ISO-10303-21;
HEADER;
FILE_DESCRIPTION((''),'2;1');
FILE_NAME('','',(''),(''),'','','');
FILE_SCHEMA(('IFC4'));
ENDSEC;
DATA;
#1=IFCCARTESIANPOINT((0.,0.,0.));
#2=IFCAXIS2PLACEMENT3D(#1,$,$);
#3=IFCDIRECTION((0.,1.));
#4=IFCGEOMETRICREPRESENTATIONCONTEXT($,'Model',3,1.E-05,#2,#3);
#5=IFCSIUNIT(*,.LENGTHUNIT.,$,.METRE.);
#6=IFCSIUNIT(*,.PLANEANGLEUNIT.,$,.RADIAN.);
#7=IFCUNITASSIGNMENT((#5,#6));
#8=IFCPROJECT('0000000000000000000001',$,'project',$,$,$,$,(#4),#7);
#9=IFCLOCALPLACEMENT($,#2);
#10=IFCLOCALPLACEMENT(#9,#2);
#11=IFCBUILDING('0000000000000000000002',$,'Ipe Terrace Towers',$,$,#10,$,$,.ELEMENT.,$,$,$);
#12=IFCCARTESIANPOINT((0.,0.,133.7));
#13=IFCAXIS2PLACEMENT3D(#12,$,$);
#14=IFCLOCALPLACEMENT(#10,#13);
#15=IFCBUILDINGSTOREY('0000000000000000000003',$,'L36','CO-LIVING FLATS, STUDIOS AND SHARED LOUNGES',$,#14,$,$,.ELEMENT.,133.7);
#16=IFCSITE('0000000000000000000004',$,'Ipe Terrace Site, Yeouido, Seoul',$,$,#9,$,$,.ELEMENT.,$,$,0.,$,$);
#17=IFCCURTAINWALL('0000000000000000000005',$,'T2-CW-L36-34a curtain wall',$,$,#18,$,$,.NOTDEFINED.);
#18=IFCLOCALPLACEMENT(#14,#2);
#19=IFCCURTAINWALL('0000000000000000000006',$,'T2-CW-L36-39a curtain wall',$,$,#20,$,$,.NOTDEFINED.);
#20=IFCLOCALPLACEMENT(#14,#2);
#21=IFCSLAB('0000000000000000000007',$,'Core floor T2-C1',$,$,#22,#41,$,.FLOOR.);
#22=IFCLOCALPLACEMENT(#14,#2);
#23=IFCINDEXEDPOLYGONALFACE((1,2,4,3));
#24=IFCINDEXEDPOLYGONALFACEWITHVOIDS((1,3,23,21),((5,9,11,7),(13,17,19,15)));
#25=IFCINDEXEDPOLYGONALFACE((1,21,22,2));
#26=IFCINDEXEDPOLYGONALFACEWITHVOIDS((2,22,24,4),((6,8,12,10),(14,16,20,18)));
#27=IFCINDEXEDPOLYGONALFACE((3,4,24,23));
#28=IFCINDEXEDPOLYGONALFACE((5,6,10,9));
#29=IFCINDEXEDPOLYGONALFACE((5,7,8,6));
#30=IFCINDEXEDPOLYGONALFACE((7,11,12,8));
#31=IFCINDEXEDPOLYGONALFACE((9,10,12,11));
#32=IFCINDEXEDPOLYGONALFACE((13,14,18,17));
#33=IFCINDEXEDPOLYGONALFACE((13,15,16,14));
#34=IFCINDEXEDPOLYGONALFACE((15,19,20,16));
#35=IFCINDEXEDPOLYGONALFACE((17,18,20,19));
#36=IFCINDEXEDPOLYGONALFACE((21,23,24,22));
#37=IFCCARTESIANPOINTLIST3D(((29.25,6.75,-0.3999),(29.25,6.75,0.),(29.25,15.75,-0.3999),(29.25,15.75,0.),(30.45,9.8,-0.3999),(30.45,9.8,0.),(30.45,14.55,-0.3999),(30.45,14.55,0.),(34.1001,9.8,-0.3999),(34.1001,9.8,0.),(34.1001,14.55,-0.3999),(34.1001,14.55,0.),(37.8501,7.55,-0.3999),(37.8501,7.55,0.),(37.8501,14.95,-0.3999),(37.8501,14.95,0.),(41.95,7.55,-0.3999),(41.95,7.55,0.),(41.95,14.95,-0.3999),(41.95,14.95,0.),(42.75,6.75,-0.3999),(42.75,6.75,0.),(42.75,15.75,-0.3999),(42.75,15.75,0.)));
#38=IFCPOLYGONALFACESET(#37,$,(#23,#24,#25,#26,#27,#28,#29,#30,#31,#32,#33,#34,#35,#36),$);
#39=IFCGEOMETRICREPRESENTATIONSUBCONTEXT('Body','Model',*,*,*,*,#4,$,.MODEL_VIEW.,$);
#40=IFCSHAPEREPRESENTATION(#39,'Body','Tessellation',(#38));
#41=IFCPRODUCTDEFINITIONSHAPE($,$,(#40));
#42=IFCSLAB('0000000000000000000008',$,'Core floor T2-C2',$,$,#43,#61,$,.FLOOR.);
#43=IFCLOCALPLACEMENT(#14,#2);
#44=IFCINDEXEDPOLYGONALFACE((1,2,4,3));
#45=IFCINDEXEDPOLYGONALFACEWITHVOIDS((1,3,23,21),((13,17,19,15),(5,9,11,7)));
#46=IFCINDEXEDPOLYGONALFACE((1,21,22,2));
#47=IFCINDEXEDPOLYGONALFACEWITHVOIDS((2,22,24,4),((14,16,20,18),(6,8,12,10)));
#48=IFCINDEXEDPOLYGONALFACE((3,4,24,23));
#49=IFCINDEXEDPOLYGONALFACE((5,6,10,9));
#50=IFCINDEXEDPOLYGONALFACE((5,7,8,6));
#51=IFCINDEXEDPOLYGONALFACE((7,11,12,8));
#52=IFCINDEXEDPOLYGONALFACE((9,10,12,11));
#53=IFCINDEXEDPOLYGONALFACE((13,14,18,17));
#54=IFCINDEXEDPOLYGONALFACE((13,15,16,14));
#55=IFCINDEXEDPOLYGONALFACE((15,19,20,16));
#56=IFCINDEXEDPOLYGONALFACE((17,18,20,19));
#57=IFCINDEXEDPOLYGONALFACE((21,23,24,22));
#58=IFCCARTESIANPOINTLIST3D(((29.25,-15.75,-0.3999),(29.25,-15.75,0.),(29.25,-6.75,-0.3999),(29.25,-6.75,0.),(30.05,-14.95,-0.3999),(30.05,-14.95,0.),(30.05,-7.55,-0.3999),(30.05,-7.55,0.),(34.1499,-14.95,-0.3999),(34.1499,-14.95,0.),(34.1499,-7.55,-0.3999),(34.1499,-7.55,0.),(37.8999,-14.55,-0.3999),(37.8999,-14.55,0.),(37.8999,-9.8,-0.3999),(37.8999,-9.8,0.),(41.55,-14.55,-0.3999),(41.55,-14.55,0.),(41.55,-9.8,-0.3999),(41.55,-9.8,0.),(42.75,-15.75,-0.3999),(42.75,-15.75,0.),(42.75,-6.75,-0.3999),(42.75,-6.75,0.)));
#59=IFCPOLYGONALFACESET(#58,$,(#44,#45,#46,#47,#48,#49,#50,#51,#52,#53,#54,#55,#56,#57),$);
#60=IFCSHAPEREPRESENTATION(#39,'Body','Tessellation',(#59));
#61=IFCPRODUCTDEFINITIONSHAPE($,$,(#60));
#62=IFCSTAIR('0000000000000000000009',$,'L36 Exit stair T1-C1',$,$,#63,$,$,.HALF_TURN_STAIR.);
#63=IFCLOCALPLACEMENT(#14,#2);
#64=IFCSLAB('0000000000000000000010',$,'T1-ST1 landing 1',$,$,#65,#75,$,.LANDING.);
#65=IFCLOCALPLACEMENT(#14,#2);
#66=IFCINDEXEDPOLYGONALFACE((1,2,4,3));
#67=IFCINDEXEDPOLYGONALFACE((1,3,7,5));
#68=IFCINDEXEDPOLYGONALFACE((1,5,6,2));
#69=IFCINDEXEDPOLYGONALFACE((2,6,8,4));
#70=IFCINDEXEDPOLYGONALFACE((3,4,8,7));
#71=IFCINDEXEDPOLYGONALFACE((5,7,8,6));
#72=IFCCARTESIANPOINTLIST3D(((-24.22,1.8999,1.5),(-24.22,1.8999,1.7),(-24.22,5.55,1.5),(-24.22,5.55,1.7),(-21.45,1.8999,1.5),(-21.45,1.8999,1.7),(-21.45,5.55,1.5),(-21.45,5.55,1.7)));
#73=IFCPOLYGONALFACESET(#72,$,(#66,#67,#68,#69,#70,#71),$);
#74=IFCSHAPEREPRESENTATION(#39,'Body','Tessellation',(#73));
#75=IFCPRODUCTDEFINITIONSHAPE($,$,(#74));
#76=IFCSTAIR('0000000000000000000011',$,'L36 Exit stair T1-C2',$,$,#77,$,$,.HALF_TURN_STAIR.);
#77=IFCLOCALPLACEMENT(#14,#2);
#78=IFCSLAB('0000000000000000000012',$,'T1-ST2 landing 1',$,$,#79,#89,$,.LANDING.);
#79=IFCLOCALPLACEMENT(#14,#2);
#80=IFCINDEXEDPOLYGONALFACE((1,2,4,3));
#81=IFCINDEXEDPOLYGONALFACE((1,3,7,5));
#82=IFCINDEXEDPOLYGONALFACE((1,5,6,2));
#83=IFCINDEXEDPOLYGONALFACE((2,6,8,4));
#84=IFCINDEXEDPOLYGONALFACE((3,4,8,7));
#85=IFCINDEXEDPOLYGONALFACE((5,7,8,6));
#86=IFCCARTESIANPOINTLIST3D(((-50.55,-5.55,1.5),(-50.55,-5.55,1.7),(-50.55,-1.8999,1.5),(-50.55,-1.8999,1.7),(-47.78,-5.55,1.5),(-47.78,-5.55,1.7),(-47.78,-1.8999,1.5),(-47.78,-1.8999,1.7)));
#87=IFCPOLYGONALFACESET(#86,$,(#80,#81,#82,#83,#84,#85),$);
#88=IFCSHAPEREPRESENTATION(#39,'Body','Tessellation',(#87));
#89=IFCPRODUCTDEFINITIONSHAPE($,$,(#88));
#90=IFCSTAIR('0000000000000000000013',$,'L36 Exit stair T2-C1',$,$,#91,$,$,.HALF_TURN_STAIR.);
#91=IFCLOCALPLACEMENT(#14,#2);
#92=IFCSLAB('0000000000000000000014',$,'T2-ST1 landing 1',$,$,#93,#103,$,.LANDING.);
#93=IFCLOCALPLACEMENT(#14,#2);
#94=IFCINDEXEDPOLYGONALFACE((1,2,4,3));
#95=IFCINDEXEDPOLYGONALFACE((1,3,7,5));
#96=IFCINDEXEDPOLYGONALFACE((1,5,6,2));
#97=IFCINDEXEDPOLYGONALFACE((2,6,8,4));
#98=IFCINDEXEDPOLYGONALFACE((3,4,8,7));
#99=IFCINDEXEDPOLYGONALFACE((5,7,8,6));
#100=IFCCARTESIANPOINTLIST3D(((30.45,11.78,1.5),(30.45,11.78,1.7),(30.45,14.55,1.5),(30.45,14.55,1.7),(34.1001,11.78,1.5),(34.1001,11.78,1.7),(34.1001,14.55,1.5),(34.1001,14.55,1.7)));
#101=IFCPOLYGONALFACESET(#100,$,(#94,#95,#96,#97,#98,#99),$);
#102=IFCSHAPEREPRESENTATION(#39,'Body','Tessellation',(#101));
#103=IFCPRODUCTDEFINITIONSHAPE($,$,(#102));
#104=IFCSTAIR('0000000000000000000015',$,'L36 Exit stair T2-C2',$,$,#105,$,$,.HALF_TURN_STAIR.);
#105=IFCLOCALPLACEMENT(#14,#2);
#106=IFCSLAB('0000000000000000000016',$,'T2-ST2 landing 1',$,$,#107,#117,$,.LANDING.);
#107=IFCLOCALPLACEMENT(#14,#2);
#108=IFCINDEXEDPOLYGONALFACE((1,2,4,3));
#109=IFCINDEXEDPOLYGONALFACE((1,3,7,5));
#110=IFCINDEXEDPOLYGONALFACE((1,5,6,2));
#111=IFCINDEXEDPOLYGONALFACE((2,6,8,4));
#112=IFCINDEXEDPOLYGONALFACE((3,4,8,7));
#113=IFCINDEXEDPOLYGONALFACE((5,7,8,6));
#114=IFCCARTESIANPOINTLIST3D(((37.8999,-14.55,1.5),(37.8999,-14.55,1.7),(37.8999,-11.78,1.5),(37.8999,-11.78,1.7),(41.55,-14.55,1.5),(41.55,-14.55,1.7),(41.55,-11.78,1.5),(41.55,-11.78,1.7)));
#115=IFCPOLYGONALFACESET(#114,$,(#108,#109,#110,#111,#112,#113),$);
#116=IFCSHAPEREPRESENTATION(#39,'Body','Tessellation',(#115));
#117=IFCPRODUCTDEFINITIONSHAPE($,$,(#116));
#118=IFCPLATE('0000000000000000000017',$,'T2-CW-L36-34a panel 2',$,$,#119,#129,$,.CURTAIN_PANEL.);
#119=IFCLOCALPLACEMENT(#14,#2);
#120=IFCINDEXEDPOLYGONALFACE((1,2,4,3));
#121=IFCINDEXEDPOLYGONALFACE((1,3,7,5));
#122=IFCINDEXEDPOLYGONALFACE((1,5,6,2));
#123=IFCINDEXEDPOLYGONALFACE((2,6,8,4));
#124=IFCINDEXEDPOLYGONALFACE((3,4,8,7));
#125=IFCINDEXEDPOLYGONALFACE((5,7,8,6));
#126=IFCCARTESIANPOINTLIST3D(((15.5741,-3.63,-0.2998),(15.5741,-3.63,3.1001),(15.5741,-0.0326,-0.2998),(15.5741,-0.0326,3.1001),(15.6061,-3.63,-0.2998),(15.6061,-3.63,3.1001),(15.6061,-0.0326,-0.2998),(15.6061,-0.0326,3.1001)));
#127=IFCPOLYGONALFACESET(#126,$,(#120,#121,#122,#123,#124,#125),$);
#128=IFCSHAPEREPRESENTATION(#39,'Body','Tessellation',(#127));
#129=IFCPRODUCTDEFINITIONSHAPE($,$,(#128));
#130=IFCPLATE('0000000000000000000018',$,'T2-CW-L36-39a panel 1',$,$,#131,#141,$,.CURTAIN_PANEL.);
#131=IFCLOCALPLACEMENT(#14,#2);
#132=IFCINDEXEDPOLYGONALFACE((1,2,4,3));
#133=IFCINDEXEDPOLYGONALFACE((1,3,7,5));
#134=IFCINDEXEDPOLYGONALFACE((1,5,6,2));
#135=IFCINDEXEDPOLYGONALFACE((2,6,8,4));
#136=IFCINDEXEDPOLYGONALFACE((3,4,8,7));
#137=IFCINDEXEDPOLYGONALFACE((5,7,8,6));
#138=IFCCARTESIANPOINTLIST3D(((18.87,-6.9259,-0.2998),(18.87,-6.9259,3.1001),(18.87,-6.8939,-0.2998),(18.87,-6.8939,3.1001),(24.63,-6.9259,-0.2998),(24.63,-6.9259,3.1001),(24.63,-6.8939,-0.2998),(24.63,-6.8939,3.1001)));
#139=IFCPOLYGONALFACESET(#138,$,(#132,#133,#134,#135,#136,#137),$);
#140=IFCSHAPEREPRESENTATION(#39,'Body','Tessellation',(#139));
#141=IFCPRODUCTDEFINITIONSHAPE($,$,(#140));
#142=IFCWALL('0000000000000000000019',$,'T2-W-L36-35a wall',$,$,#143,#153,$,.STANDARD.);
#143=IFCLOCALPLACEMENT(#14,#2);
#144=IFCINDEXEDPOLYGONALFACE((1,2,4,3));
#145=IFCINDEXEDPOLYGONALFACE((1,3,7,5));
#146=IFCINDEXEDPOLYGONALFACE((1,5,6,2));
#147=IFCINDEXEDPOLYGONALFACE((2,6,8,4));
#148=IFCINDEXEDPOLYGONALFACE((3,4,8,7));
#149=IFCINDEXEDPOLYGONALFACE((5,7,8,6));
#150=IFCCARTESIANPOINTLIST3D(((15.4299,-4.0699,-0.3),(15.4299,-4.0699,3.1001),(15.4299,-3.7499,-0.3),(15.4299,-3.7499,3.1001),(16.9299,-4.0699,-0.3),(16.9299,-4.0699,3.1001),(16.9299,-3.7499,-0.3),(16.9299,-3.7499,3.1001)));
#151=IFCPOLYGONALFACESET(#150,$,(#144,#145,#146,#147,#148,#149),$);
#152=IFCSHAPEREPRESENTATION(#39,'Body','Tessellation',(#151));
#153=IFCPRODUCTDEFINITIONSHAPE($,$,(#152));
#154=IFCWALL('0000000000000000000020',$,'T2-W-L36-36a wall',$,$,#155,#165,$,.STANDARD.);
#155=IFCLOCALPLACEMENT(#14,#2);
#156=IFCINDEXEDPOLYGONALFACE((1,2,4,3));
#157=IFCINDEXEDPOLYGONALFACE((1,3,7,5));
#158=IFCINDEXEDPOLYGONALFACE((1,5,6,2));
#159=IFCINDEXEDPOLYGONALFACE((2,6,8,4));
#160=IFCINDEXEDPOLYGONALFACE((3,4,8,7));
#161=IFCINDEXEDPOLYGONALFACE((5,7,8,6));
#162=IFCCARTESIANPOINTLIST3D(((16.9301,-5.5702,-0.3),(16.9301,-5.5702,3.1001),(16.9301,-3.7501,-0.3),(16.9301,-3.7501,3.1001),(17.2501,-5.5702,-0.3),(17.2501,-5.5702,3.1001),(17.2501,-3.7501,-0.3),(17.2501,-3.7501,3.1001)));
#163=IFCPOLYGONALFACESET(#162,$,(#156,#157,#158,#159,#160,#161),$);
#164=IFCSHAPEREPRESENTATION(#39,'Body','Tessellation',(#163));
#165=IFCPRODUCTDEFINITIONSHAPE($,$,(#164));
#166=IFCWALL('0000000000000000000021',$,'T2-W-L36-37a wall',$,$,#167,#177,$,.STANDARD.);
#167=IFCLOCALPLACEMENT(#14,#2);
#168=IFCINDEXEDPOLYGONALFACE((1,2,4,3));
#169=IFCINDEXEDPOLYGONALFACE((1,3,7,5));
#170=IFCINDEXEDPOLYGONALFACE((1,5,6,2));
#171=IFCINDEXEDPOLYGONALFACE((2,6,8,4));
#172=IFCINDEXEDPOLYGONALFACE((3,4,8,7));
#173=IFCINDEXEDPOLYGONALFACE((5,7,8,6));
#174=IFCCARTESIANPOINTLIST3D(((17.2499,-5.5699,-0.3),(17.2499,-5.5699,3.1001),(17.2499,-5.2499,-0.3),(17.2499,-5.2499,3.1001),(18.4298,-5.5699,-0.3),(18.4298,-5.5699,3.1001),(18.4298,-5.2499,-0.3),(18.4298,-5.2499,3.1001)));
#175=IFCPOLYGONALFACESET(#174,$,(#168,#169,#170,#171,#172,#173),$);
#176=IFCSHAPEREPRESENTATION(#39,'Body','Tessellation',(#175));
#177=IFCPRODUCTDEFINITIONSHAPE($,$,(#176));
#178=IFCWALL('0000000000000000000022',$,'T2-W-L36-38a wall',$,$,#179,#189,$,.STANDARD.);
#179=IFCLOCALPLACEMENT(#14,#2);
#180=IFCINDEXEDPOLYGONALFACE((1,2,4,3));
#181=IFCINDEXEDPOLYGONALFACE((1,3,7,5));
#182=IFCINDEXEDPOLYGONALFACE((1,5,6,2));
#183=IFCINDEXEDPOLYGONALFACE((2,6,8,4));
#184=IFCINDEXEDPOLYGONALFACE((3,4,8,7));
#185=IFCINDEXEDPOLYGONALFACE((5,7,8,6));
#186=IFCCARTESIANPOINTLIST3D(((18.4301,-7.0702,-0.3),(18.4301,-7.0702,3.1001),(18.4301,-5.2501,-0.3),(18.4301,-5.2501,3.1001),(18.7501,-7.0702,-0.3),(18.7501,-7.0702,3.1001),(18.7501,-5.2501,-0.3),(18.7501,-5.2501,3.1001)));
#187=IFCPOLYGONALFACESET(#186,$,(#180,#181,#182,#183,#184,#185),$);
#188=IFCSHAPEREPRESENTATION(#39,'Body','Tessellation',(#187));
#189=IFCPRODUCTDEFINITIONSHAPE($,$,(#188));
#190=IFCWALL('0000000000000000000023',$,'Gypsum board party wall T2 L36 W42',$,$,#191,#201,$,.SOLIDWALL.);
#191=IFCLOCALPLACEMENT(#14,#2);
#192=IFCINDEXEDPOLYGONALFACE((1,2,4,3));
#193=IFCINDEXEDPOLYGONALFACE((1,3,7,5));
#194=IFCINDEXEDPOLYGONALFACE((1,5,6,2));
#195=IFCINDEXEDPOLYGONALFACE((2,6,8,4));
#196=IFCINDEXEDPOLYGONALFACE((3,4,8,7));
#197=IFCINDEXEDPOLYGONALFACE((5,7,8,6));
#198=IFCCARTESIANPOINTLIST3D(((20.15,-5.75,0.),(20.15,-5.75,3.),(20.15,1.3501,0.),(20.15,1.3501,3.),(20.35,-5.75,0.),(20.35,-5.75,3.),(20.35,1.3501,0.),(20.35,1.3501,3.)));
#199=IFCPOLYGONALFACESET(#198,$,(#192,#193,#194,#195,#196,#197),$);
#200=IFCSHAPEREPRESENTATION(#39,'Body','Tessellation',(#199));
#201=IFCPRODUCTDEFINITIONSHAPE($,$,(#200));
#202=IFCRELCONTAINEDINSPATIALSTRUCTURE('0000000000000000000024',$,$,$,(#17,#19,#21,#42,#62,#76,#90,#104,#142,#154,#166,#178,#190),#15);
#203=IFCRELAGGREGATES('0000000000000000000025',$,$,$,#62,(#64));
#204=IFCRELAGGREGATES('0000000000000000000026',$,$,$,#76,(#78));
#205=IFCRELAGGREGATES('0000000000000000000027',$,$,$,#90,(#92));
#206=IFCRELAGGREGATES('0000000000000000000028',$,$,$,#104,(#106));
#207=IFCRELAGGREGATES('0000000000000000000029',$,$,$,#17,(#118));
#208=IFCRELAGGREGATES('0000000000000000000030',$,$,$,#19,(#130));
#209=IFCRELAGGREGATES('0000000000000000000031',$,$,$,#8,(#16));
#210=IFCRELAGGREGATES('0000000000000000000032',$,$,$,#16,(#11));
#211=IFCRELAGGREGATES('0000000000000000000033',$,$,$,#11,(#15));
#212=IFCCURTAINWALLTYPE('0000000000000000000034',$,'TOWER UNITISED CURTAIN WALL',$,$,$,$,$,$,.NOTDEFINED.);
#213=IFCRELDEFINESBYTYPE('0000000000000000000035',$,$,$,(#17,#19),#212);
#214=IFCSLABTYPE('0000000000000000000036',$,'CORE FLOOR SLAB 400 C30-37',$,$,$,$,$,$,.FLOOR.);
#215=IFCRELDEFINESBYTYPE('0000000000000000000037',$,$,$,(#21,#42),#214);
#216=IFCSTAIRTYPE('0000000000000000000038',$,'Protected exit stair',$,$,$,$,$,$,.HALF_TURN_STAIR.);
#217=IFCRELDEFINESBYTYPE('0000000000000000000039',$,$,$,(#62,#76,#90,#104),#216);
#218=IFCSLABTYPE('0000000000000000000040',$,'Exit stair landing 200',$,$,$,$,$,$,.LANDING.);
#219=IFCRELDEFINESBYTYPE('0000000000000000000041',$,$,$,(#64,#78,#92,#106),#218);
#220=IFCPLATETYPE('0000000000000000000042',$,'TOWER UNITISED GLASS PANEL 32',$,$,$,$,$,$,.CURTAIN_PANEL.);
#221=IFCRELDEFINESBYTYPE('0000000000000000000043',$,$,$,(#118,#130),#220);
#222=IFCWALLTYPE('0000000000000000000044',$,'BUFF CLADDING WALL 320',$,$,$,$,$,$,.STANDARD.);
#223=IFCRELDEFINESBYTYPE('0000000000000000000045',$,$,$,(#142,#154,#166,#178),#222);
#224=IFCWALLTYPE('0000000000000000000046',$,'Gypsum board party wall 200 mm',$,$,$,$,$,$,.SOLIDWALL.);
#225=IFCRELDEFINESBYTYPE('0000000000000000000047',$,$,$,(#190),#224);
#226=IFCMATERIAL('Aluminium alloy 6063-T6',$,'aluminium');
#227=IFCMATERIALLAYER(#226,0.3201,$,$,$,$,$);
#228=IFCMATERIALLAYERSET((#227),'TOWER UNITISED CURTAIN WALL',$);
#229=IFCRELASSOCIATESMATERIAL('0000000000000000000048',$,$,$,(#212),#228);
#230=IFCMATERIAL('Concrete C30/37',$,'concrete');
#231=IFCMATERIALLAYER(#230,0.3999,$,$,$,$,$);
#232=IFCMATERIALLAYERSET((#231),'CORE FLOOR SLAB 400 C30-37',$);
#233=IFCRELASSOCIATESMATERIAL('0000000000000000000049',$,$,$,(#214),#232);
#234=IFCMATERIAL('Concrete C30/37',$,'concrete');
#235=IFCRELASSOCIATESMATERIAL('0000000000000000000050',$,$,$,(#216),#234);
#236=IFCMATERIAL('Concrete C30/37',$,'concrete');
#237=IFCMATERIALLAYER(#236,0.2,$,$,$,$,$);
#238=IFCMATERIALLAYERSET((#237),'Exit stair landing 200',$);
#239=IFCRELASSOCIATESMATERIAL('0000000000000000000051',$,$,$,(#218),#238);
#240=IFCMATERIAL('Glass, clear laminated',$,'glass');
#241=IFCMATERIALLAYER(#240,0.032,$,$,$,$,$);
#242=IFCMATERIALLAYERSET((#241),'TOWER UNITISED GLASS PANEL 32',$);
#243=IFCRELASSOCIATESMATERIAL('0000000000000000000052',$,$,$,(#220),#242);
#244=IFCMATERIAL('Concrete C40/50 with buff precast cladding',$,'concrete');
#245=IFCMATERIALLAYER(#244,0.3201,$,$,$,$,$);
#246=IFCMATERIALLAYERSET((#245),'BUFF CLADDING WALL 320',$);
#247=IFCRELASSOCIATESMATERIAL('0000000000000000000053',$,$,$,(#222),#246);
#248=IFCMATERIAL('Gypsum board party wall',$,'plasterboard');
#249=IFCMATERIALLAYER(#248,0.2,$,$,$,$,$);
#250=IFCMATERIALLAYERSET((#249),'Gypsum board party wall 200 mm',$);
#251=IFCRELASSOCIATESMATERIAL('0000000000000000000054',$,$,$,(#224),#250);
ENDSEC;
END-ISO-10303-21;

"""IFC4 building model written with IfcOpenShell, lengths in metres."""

from ifc_helpers import new_model, si_unit, direction, frame, frame_2d, origin, origin_2d, place, context, subcontext, project, spatial, polyline, rectangle, outline, extrude, material, layer, layer_set, type_object, element, aggregate, save


model = new_model("IFC4")

# Units and contexts
model_context = context("Model", 3, precision=1e-05, world=origin(), true_north=direction((0.0, 1.0)))
body_context = subcontext(model_context, "Body", "Model", "MODEL_VIEW")
ifc_project = project(units=[si_unit("LENGTHUNIT", "METRE"), si_unit("PLANEANGLEUNIT", "RADIAN")], contexts=[model_context])

# Site, building, storey
site_placement = place(None, origin())
site = spatial("IfcSite", under=ifc_project, at=site_placement, Name="Ipe Terrace Site, Yeouido, Seoul", CompositionType="ELEMENT", RefElevation=0.0)
building_placement = place(site_placement, origin())
building = spatial("IfcBuilding", under=site, at=building_placement, Name="Ipe Terrace Towers", CompositionType="ELEMENT")
storey_placement = place(building_placement, frame((0.0, 0.0, 133.7)))
storey = spatial("IfcBuildingStorey", under=building, at=storey_placement, Name="L36", Description="CO-LIVING FLATS, STUDIOS AND SHARED LOUNGES", CompositionType="ELEMENT", Elevation=133.7)

# Curtain walls
ifc_material_1 = material(Name="Aluminium alloy 6063-T6", Category="aluminium")
ifc_layer_1 = layer(ifc_material_1, 0.3201)
ifc_layer_set_1 = layer_set([ifc_layer_1], Name="TOWER UNITISED CURTAIN WALL")
curtain_wall_type = type_object("IfcCurtainWallType", Name="TOWER UNITISED CURTAIN WALL", PredefinedType="NOTDEFINED", material=ifc_layer_set_1)
curtain_wall_1_placement = place(storey_placement, origin())
curtain_wall_1 = element("IfcCurtainWall", 1, at=curtain_wall_1_placement, inside=storey, type_object=curtain_wall_type, Name="T2-CW-L36-34a curtain wall", PredefinedType="NOTDEFINED")
curtain_wall_2_placement = place(storey_placement, origin())
curtain_wall_2 = element("IfcCurtainWall", 2, at=curtain_wall_2_placement, inside=storey, type_object=curtain_wall_type, Name="T2-CW-L36-39a curtain wall", PredefinedType="NOTDEFINED")

# Slabs
ifc_material_2 = material(Name="Concrete C30/37", Category="concrete")
ifc_layer_2 = layer(ifc_material_2, 0.3999)
ifc_layer_set_2 = layer_set([ifc_layer_2], Name="CORE FLOOR SLAB 400 C30-37")
slab_type_1 = type_object("IfcSlabType", Name="CORE FLOOR SLAB 400 C30-37", PredefinedType="FLOOR", material=ifc_layer_set_2)
slab_1_placement = place(storey_placement, frame((0.0, 0.0, -0.3999)))
element("IfcSlab", 3, at=slab_1_placement, inside=storey, type_object=slab_type_1, Name="Core floor T2-C1", PredefinedType="FLOOR", context=body_context, shape_type="SweptSolid", body=[
    extrude(outline(polyline([(29.25, 6.75), (29.25, 15.75), (42.75, 15.75), (42.75, 6.75), (29.25, 6.75)]), holes=[polyline([(41.95, 7.55), (41.95, 14.95), (37.8501, 14.95), (37.8501, 7.55), (41.95, 7.55)]), polyline([(30.45, 9.8), (34.1001, 9.8), (34.1001, 14.55), (30.45, 14.55), (30.45, 9.8)])]), origin(), (0.0, 0.0, 1.0), 0.3999),
])
slab_2_placement = place(storey_placement, frame((0.0, 0.0, -0.3999)))
element("IfcSlab", 4, at=slab_2_placement, inside=storey, type_object=slab_type_1, Name="Core floor T2-C2", PredefinedType="FLOOR", context=body_context, shape_type="SweptSolid", body=[
    extrude(outline(polyline([(29.25, -15.75), (29.25, -6.75), (42.75, -6.75), (42.75, -15.75), (29.25, -15.75)]), holes=[polyline([(34.1499, -14.95), (34.1499, -7.55), (30.05, -7.55), (30.05, -14.95), (34.1499, -14.95)]), polyline([(41.55, -9.8), (37.8999, -9.8), (37.8999, -14.55), (41.55, -14.55), (41.55, -9.8)])]), origin(), (0.0, 0.0, 1.0), 0.3999),
])

# Stairs, slabs
ifc_material_3 = material(Name="Concrete C30/37", Category="concrete")
stair_type = type_object("IfcStairType", Name="Protected exit stair", PredefinedType="HALF_TURN_STAIR", material=ifc_material_3)
stair_1_placement = place(storey_placement, origin())
stair_1 = element("IfcStair", 5, at=stair_1_placement, inside=storey, type_object=stair_type, Name="L36 Exit stair T1-C1", PredefinedType="HALF_TURN_STAIR")
ifc_material_4 = material(Name="Concrete C30/37", Category="concrete")
ifc_layer_3 = layer(ifc_material_4, 0.2)
ifc_layer_set_3 = layer_set([ifc_layer_3], Name="Exit stair landing 200")
slab_type_2 = type_object("IfcSlabType", Name="Exit stair landing 200", PredefinedType="LANDING", material=ifc_layer_set_3)
slab_3_placement = place(storey_placement, frame((0.0, 0.0, 1.5)))
slab_3 = element("IfcSlab", 6, at=slab_3_placement, type_object=slab_type_2, Name="T1-ST1 landing 1", PredefinedType="LANDING", context=body_context, shape_type="SweptSolid", body=[
    extrude(outline(polyline([(-24.22, 1.8999), (-21.45, 1.8999), (-21.45, 5.55), (-24.22, 5.55), (-24.22, 1.8999)])), origin(), (0.0, 0.0, 1.0), 0.2),
])
aggregate(stair_1, [slab_3])
stair_2_placement = place(storey_placement, origin())
stair_2 = element("IfcStair", 7, at=stair_2_placement, inside=storey, type_object=stair_type, Name="L36 Exit stair T1-C2", PredefinedType="HALF_TURN_STAIR")
slab_4_placement = place(storey_placement, frame((0.0, 0.0, 1.5)))
slab_4 = element("IfcSlab", 8, at=slab_4_placement, type_object=slab_type_2, Name="T1-ST2 landing 1", PredefinedType="LANDING", context=body_context, shape_type="SweptSolid", body=[
    extrude(outline(polyline([(-47.78, -1.8999), (-50.55, -1.8999), (-50.55, -5.55), (-47.78, -5.55), (-47.78, -1.8999)])), origin(), (0.0, 0.0, 1.0), 0.2),
])
aggregate(stair_2, [slab_4])
stair_3_placement = place(storey_placement, origin())
stair_3 = element("IfcStair", 9, at=stair_3_placement, inside=storey, type_object=stair_type, Name="L36 Exit stair T2-C1", PredefinedType="HALF_TURN_STAIR")
slab_5_placement = place(storey_placement, frame((0.0, 0.0, 1.5)))
slab_5 = element("IfcSlab", 10, at=slab_5_placement, type_object=slab_type_2, Name="T2-ST1 landing 1", PredefinedType="LANDING", context=body_context, shape_type="SweptSolid", body=[
    extrude(outline(polyline([(34.1001, 11.78), (34.1001, 14.55), (30.45, 14.55), (30.45, 11.78), (34.1001, 11.78)])), origin(), (0.0, 0.0, 1.0), 0.2),
])
aggregate(stair_3, [slab_5])
stair_4_placement = place(storey_placement, origin())
stair_4 = element("IfcStair", 11, at=stair_4_placement, inside=storey, type_object=stair_type, Name="L36 Exit stair T2-C2", PredefinedType="HALF_TURN_STAIR")
slab_6_placement = place(storey_placement, frame((0.0, 0.0, 1.5)))
slab_6 = element("IfcSlab", 12, at=slab_6_placement, type_object=slab_type_2, Name="T2-ST2 landing 1", PredefinedType="LANDING", context=body_context, shape_type="SweptSolid", body=[
    extrude(outline(polyline([(37.8999, -11.78), (37.8999, -14.55), (41.55, -14.55), (41.55, -11.78), (37.8999, -11.78)])), origin(), (0.0, 0.0, 1.0), 0.2),
])
aggregate(stair_4, [slab_6])

# Plates
ifc_material_5 = material(Name="Glass, clear laminated", Category="glass")
ifc_layer_4 = layer(ifc_material_5, 0.032)
ifc_layer_set_4 = layer_set([ifc_layer_4], Name="TOWER UNITISED GLASS PANEL 32")
plate_type = type_object("IfcPlateType", Name="TOWER UNITISED GLASS PANEL 32", PredefinedType="CURTAIN_PANEL", material=ifc_layer_set_4)
plate_1_placement = place(storey_placement, frame((15.5901, -1.8313, -0.2998), z_axis=(0.0, 0.0, 1.0), x_axis=(0.0, -1.0, 0.0)))
plate_1 = element("IfcPlate", 13, at=plate_1_placement, type_object=plate_type, Name="T2-CW-L36-34a panel 2", PredefinedType="CURTAIN_PANEL", context=body_context, shape_type="SweptSolid", body=[
    extrude(rectangle(XDim=3.5974, YDim=0.032, at=origin_2d()), origin(), (0.0, 0.0, 1.0), 3.3999),
])
aggregate(curtain_wall_1, [plate_1])
plate_2_placement = place(storey_placement, frame((21.75, -6.9099, -0.2998), z_axis=(0.0, 0.0, 1.0), x_axis=(1.0, 0.0, 0.0)))
plate_2 = element("IfcPlate", 14, at=plate_2_placement, type_object=plate_type, Name="T2-CW-L36-39a panel 1", PredefinedType="CURTAIN_PANEL", context=body_context, shape_type="SweptSolid", body=[
    extrude(rectangle(XDim=5.76, YDim=0.032, at=origin_2d()), origin(), (0.0, 0.0, 1.0), 3.3999),
])
aggregate(curtain_wall_2, [plate_2])

# Walls
ifc_material_6 = material(Name="Concrete C40/50 with buff precast cladding", Category="concrete")
ifc_layer_5 = layer(ifc_material_6, 0.3201)
ifc_layer_set_5 = layer_set([ifc_layer_5], Name="BUFF CLADDING WALL 320")
wall_type_1 = type_object("IfcWallType", Name="BUFF CLADDING WALL 320", PredefinedType="STANDARD", material=ifc_layer_set_5)
wall_1_placement = place(storey_placement, frame((15.4299, -3.9099, -0.3), z_axis=(0.0, 0.0, 1.0), x_axis=(1.0, 0.0, 0.0)))
element("IfcWall", 15, at=wall_1_placement, inside=storey, type_object=wall_type_1, Name="T2-W-L36-35a wall", PredefinedType="STANDARD", context=body_context, shape_type="SweptSolid", body=[
    extrude(rectangle(XDim=1.5, YDim=0.3201, at=frame_2d((0.75, 0.0))), origin(), (0.0, 0.0, 1.0), 3.4001),
])
wall_2_placement = place(storey_placement, frame((17.0901, -3.75, -0.3), z_axis=(0.0, 0.0, 1.0), x_axis=(0.0, -1.0, 0.0)))
element("IfcWall", 16, at=wall_2_placement, inside=storey, type_object=wall_type_1, Name="T2-W-L36-36a wall", PredefinedType="STANDARD", context=body_context, shape_type="SweptSolid", body=[
    extrude(rectangle(XDim=1.8201, YDim=0.3201, at=frame_2d((0.9102, 0.0))), origin(), (0.0, 0.0, 1.0), 3.4001),
])
wall_3_placement = place(storey_placement, frame((17.25, -5.4099, -0.3), z_axis=(0.0, 0.0, 1.0), x_axis=(1.0, 0.0, 0.0)))
element("IfcWall", 17, at=wall_3_placement, inside=storey, type_object=wall_type_1, Name="T2-W-L36-37a wall", PredefinedType="STANDARD", context=body_context, shape_type="SweptSolid", body=[
    extrude(rectangle(XDim=1.1799, YDim=0.3201, at=frame_2d((0.5898, 0.0))), origin(), (0.0, 0.0, 1.0), 3.4001),
])
wall_4_placement = place(storey_placement, frame((18.5901, -5.25, -0.3), z_axis=(0.0, 0.0, 1.0), x_axis=(0.0, -1.0, 0.0)))
element("IfcWall", 18, at=wall_4_placement, inside=storey, type_object=wall_type_1, Name="T2-W-L36-38a wall", PredefinedType="STANDARD", context=body_context, shape_type="SweptSolid", body=[
    extrude(rectangle(XDim=1.8201, YDim=0.3201, at=frame_2d((0.9102, 0.0))), origin(), (0.0, 0.0, 1.0), 3.4001),
])
ifc_material_7 = material(Name="Gypsum board party wall", Category="plasterboard")
ifc_layer_6 = layer(ifc_material_7, 0.2)
ifc_layer_set_6 = layer_set([ifc_layer_6], Name="Gypsum board party wall 200 mm")
wall_type_2 = type_object("IfcWallType", Name="Gypsum board party wall 200 mm", PredefinedType="SOLIDWALL", material=ifc_layer_set_6)
wall_5_placement = place(storey_placement, frame((20.25, -5.75, 0.0), z_axis=(0.0, 0.0, 1.0), x_axis=(0.0, 1.0, 0.0)))
element("IfcWall", 19, at=wall_5_placement, inside=storey, type_object=wall_type_2, Name="Gypsum board party wall T2 L36 W42", PredefinedType="SOLIDWALL", context=body_context, shape_type="SweptSolid", body=[
    extrude(rectangle(XDim=7.1001, YDim=0.2, at=frame_2d((3.55, 0.0))), origin(), (0.0, 0.0, 1.0), 3.0),
])

save(model, "model.ifc")
